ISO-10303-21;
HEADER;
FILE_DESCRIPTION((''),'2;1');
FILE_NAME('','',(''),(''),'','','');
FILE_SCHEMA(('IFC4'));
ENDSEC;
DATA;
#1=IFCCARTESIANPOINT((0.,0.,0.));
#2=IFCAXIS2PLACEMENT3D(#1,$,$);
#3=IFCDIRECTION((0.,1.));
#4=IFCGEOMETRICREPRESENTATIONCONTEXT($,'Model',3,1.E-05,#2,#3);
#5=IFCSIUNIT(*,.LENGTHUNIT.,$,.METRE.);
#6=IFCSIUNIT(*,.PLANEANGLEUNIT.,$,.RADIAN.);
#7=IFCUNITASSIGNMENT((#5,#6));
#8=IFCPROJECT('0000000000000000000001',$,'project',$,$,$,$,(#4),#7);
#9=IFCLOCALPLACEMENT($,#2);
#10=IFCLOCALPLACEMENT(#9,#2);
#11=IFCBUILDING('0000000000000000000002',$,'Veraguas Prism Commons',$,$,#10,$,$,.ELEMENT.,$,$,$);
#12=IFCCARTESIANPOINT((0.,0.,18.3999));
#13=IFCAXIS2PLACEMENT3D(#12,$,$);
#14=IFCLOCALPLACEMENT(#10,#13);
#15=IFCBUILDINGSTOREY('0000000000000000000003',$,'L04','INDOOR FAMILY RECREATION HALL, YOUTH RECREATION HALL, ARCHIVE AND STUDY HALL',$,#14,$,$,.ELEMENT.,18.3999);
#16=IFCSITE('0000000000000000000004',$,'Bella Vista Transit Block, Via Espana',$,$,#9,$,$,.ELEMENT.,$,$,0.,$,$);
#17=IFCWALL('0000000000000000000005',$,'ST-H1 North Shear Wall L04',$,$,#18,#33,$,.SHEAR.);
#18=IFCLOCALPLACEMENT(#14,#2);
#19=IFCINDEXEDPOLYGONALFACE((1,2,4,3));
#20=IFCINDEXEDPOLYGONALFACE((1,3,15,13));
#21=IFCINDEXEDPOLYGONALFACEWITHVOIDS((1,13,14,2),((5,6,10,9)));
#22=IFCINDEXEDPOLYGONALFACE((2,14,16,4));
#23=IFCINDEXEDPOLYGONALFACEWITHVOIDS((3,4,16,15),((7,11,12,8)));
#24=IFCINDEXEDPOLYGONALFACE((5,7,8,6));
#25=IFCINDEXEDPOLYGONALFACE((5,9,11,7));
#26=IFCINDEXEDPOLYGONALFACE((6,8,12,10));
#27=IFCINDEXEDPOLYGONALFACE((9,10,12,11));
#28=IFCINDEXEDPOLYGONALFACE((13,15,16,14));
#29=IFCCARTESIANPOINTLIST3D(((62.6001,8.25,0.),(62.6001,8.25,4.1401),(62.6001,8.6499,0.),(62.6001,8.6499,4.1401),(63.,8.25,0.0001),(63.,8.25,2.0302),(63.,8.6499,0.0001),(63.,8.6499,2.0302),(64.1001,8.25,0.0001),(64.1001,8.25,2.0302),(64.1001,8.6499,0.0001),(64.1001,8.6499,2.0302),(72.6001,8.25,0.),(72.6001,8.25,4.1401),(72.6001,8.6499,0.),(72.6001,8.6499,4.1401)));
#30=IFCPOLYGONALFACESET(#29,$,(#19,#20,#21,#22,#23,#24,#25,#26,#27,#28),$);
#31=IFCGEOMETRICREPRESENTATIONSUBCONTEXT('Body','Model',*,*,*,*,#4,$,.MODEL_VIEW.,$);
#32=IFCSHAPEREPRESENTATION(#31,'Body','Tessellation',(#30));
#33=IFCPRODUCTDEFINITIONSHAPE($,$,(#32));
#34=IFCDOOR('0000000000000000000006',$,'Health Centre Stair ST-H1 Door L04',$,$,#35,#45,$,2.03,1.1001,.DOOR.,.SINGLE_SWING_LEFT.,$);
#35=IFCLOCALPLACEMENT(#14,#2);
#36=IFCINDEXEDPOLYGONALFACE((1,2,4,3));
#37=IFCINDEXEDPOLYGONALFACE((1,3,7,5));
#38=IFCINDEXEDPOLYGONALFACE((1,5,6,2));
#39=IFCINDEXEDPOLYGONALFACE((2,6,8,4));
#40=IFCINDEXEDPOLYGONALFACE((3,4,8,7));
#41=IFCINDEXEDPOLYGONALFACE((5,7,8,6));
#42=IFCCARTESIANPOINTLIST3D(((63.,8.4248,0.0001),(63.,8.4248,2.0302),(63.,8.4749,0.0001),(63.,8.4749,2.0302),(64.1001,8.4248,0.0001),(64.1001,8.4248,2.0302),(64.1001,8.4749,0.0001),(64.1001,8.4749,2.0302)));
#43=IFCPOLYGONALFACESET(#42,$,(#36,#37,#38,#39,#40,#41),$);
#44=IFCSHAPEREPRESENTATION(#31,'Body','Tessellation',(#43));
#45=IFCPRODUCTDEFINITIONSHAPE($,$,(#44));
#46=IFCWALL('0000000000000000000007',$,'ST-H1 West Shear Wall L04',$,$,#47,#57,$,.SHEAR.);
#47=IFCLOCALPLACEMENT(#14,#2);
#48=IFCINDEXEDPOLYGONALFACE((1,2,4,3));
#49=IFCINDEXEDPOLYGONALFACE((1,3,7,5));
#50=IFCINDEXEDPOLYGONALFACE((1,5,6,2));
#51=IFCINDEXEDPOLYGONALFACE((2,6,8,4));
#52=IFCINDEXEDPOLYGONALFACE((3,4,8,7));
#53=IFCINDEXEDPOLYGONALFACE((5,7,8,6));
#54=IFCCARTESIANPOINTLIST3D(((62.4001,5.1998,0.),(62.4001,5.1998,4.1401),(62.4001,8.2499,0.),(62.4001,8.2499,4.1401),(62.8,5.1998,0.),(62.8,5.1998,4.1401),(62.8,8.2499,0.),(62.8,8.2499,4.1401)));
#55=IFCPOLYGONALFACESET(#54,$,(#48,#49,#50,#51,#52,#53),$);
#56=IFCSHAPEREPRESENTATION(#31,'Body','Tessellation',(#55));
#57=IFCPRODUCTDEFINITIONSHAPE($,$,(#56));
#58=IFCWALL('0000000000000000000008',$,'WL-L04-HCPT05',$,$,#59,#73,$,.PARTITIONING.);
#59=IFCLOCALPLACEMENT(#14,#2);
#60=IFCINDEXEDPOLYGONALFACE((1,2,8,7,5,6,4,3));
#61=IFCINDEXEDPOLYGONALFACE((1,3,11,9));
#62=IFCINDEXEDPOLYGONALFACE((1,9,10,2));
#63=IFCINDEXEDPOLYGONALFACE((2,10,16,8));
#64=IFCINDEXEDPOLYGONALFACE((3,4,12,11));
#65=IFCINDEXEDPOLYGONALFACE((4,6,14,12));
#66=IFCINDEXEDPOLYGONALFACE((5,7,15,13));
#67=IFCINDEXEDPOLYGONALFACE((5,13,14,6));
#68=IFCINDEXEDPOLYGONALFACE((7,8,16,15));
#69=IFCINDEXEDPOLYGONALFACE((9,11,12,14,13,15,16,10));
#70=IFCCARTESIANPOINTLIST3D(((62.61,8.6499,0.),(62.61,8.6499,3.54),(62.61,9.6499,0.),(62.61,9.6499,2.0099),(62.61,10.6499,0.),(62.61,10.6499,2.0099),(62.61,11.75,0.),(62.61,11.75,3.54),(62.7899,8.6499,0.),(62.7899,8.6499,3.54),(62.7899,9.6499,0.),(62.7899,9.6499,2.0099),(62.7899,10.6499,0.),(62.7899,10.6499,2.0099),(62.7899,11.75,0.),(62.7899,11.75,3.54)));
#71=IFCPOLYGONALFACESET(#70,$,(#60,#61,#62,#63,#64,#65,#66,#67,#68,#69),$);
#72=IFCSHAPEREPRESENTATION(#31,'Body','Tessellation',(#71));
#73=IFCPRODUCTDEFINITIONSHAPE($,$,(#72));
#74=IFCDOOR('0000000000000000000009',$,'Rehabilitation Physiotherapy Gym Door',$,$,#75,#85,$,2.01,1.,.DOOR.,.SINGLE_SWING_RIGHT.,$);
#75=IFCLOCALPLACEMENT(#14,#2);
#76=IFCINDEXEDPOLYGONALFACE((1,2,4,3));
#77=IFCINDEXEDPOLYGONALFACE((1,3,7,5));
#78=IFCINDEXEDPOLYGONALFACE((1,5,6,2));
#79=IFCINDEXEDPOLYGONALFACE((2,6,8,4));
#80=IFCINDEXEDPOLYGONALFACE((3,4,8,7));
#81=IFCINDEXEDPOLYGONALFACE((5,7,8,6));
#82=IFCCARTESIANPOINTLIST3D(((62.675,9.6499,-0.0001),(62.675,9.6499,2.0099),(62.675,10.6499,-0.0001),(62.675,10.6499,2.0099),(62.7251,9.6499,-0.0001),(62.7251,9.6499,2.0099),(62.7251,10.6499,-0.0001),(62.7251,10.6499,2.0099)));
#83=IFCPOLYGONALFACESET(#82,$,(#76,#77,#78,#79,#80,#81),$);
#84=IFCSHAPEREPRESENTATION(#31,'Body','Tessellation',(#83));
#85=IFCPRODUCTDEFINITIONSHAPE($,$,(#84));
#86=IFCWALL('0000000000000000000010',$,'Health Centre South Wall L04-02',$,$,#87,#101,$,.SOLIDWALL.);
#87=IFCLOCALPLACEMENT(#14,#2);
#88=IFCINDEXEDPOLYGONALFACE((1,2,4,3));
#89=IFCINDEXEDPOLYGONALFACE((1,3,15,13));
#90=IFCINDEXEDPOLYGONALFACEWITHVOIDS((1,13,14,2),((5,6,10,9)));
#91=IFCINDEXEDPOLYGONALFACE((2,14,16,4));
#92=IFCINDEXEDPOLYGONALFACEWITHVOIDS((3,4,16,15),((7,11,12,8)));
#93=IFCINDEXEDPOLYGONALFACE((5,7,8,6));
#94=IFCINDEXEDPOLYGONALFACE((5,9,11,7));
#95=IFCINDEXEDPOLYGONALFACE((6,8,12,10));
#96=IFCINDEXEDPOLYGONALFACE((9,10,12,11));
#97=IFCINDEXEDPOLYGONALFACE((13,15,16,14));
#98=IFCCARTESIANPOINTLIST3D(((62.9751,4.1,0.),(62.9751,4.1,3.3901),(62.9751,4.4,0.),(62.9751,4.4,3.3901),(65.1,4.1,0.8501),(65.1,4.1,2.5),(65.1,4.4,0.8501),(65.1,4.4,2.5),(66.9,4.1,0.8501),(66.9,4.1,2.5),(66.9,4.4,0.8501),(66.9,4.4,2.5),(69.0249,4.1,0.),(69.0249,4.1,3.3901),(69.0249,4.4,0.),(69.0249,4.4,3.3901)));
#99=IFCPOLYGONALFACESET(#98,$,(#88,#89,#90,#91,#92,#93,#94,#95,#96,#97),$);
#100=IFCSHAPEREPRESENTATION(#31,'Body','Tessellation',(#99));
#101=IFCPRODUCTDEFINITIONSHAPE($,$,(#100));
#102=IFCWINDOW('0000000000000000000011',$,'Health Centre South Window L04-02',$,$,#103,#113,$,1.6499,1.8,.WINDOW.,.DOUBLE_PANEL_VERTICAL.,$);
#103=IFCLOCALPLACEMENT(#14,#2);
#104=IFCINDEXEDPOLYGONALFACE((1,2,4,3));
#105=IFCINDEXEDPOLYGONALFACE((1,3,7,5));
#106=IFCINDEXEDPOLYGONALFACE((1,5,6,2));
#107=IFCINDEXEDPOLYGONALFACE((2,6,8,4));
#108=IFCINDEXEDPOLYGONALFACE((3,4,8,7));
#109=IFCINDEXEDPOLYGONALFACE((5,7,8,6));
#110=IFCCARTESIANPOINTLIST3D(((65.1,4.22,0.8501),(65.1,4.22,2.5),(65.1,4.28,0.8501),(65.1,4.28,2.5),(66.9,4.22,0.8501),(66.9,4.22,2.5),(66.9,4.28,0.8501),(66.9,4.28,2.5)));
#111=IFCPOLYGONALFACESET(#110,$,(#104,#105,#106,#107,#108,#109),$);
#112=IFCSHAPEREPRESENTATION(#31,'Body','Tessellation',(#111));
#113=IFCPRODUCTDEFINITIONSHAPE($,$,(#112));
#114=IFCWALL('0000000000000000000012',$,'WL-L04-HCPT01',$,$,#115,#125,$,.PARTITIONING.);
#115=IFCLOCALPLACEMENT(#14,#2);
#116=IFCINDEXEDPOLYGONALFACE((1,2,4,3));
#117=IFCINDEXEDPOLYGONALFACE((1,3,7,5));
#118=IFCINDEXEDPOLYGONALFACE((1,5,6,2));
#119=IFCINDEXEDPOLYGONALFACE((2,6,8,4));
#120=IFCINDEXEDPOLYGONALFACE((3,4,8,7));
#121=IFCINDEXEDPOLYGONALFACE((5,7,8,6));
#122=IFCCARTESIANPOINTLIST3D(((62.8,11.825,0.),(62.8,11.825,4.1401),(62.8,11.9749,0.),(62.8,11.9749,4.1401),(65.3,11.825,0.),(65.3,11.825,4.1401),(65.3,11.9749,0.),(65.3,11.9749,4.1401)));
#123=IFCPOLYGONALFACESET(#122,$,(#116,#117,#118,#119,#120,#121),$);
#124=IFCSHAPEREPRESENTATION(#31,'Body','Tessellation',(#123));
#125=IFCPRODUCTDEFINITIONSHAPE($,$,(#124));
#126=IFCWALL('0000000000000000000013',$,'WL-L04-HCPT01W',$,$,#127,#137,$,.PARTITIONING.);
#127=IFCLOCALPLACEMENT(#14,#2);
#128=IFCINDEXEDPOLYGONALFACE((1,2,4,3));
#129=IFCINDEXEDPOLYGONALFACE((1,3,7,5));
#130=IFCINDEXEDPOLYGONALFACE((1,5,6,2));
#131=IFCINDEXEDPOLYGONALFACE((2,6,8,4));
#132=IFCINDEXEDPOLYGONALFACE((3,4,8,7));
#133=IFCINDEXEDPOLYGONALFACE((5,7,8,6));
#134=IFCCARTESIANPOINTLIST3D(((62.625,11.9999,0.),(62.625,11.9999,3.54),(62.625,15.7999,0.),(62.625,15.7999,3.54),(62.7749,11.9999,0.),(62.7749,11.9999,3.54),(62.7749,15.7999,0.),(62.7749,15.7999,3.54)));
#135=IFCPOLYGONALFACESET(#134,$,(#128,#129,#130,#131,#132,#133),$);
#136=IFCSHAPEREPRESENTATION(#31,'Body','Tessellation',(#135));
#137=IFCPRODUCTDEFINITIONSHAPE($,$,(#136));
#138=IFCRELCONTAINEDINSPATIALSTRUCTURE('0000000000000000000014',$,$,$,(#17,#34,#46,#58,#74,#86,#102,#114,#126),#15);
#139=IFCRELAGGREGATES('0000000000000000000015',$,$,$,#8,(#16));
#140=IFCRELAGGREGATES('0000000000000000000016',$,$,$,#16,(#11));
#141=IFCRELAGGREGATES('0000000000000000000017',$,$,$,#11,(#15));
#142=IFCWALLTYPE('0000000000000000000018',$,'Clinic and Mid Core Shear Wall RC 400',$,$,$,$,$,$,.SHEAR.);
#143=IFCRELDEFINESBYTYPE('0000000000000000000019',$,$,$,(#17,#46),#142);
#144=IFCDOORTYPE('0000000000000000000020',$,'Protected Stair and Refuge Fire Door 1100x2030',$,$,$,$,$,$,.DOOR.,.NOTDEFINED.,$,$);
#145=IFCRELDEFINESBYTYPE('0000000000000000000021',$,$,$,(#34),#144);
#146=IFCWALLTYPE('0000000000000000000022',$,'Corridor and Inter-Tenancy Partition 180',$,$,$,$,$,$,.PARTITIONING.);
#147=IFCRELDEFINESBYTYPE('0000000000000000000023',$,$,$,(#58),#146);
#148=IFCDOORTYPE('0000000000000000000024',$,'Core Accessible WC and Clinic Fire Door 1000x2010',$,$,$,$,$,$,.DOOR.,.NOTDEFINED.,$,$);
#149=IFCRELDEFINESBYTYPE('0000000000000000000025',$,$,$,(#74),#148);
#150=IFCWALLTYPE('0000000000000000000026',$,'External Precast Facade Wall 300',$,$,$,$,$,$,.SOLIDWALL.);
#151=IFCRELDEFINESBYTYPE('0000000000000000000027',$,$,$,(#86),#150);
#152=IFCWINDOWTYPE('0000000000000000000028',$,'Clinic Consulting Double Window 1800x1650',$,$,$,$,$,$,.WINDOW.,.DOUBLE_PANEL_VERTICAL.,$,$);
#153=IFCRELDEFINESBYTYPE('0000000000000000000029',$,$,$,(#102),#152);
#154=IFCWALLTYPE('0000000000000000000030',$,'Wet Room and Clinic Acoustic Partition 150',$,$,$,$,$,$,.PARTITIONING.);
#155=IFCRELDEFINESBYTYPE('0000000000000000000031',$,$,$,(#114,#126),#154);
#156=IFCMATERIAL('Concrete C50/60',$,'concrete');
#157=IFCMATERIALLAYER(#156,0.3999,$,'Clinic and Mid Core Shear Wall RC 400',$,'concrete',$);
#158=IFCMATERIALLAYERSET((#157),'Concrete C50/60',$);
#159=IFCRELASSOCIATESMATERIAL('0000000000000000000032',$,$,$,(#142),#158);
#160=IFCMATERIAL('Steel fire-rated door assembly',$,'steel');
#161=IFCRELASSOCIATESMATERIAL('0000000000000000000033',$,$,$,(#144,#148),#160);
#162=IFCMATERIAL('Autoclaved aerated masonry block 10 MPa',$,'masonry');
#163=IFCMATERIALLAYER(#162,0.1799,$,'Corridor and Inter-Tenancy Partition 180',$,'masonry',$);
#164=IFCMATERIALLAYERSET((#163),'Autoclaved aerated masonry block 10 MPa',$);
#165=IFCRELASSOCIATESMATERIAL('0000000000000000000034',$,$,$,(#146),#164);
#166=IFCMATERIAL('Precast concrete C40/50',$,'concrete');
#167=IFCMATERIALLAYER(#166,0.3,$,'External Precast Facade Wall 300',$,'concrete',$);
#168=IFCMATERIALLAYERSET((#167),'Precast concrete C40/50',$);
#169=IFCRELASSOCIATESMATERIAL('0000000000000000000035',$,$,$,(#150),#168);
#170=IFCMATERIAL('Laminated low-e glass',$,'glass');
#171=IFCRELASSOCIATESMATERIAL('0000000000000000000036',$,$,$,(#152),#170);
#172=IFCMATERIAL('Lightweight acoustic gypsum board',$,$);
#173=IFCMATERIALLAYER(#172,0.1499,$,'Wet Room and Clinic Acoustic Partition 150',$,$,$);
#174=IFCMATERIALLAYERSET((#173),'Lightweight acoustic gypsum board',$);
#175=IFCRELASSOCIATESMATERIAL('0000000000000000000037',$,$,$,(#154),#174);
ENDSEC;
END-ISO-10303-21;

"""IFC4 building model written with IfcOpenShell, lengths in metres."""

from ifc_helpers import new_model, si_unit, direction, frame, frame_2d, origin, place, context, subcontext, project, spatial, rectangle, extrude, source, transform, mapped, material, layer, layer_set, type_object, element, fill, save


model = new_model("IFC4")

# Units and contexts
model_context = context("Model", 3, precision=1e-05, world=origin(), true_north=direction((0.0, 1.0)))
body_context = subcontext(model_context, "Body", "Model", "MODEL_VIEW")
ifc_project = project(units=[si_unit("LENGTHUNIT", "METRE"), si_unit("PLANEANGLEUNIT", "RADIAN")], contexts=[model_context])

# Site, building, storey
site_placement = place(None, origin())
site = spatial("IfcSite", under=ifc_project, at=site_placement, Name="Bella Vista Transit Block, Via Espana", CompositionType="ELEMENT", RefElevation=0.0)
building_placement = place(site_placement, origin())
building = spatial("IfcBuilding", under=site, at=building_placement, Name="Veraguas Prism Commons", CompositionType="ELEMENT")
storey_placement = place(building_placement, frame((0.0, 0.0, 18.3999)))
storey = spatial("IfcBuildingStorey", under=building, at=storey_placement, Name="L04", Description="INDOOR FAMILY RECREATION HALL, YOUTH RECREATION HALL, ARCHIVE AND STUDY HALL", CompositionType="ELEMENT", Elevation=18.3999)

# Shared definitions
ifc_material_1 = material(Name="Concrete C50/60", Category="concrete")

# Shared definitions
ifc_layer_1 = layer(ifc_material_1, 0.3999, Name="Clinic and Mid Core Shear Wall RC 400", Category="concrete")
ifc_layer_set_1 = layer_set([ifc_layer_1], Name="Concrete C50/60")
wall_type_1 = type_object("IfcWallType", Name="Clinic and Mid Core Shear Wall RC 400", PredefinedType="SHEAR", material=ifc_layer_set_1)

# Wall, opening, door
wall_1_placement = place(storey_placement, frame((62.6001, 8.45, 0.0), z_axis=(0.0, 0.0, 1.0), x_axis=(1.0, 0.0, 0.0)))
wall_1 = element("IfcWall", 1, at=wall_1_placement, inside=storey, type_object=wall_type_1, Name="ST-H1 North Shear Wall L04", PredefinedType="SHEAR", context=body_context, shape_type="SweptSolid", body=[
    extrude(rectangle(XDim=10.0, YDim=0.3999, at=frame_2d((5.0, 0.0))), origin(), (0.0, 0.0, 1.0), 4.1401),
])
opening_1_placement = place(wall_1_placement, frame((0.3999, 0.0, 0.0)))
opening_1 = element("IfcOpeningElement", 2, at=opening_1_placement, cuts=wall_1, PredefinedType="OPENING", context=body_context, shape_type="SweptSolid", body=[
    extrude(rectangle(XDim=1.1001, YDim=2.03, at=frame_2d((0.55, 1.0151))), frame((0.0, 0.21, 0.0), z_axis=(0.0, -1.0, 0.0), x_axis=(1.0, 0.0, 0.0)), (0.0, 0.0, 1.0), 0.4199),
])
ifc_material_2 = material(Name="Steel fire-rated door assembly", Category="steel")
door_type_1 = type_object("IfcDoorType", Name="Protected Stair and Refuge Fire Door 1100x2030", OperationType="NOTDEFINED", PredefinedType="DOOR", material=ifc_material_2)
shared_shape_1 = source(origin(), body_context, "Body", "SweptSolid", [
    extrude(rectangle(XDim=1.1001, YDim=2.03, at=frame_2d((0.55, 1.0151))), frame((0.0, 0.0249, 0.0), z_axis=(0.0, -1.0, 0.0), x_axis=(1.0, 0.0, 0.0)), (0.0, 0.0, 1.0), 0.05),
])
door_1_placement = place(opening_1_placement, origin())
door_1 = element("IfcDoor", 3, at=door_1_placement, inside=storey, type_object=door_type_1, Name="Health Centre Stair ST-H1 Door L04", OperationType="SINGLE_SWING_LEFT", OverallHeight=2.03, OverallWidth=1.1001, PredefinedType="DOOR", context=body_context, shape_type="MappedRepresentation", body=[
    mapped(shared_shape_1, transform((0.0, 0.0, 0.0), scale=1.0)),
])
fill(opening_1, door_1)

# Wall
wall_2_placement = place(storey_placement, frame((62.6001, 5.2, 0.0), z_axis=(0.0, 0.0, 1.0), x_axis=(0.0, 1.0, 0.0)))
element("IfcWall", 4, at=wall_2_placement, inside=storey, type_object=wall_type_1, Name="ST-H1 West Shear Wall L04", PredefinedType="SHEAR", context=body_context, shape_type="SweptSolid", body=[
    extrude(rectangle(XDim=3.05, YDim=0.3999, at=frame_2d((1.5249, 0.0))), origin(), (0.0, 0.0, 1.0), 4.1401),
])

# Wall, opening, door
ifc_material_3 = material(Name="Autoclaved aerated masonry block 10 MPa", Category="masonry")
ifc_layer_2 = layer(ifc_material_3, 0.1799, Name="Corridor and Inter-Tenancy Partition 180", Category="masonry")
ifc_layer_set_2 = layer_set([ifc_layer_2], Name="Autoclaved aerated masonry block 10 MPa")
wall_type_2 = type_object("IfcWallType", Name="Corridor and Inter-Tenancy Partition 180", PredefinedType="PARTITIONING", material=ifc_layer_set_2)
wall_3_placement = place(storey_placement, frame((62.7, 8.6499, 0.0), z_axis=(0.0, 0.0, 1.0), x_axis=(0.0, 1.0, 0.0)))
wall_3 = element("IfcWall", 5, at=wall_3_placement, inside=storey, type_object=wall_type_2, Name="WL-L04-HCPT05", PredefinedType="PARTITIONING", context=body_context, shape_type="SweptSolid", body=[
    extrude(rectangle(XDim=3.1001, YDim=0.1799, at=frame_2d((1.55, 0.0))), origin(), (0.0, 0.0, 1.0), 3.54),
])
opening_2_placement = place(wall_3_placement, frame((1.0, 0.0, 0.0)))
opening_2 = element("IfcOpeningElement", 6, at=opening_2_placement, cuts=wall_3, PredefinedType="OPENING", context=body_context, shape_type="SweptSolid", body=[
    extrude(rectangle(XDim=1.0, YDim=2.01, at=frame_2d((0.5, 1.0049))), frame((0.0, 0.0999, 0.0), z_axis=(0.0, -1.0, 0.0), x_axis=(1.0, 0.0, 0.0)), (0.0, 0.0, 1.0), 0.2),
])
door_type_2 = type_object("IfcDoorType", Name="Core Accessible WC and Clinic Fire Door 1000x2010", OperationType="NOTDEFINED", PredefinedType="DOOR", material=ifc_material_2)
shared_shape_2 = source(origin(), body_context, "Body", "SweptSolid", [
    extrude(rectangle(XDim=1.0, YDim=2.01, at=frame_2d((0.5, 1.0049))), frame((0.0, 0.0249, 0.0), z_axis=(0.0, -1.0, 0.0), x_axis=(1.0, 0.0, 0.0)), (0.0, 0.0, 1.0), 0.05),
])
door_2_placement = place(opening_2_placement, origin())
door_2 = element("IfcDoor", 7, at=door_2_placement, inside=storey, type_object=door_type_2, Name="Rehabilitation Physiotherapy Gym Door", OperationType="SINGLE_SWING_RIGHT", OverallHeight=2.01, OverallWidth=1.0, PredefinedType="DOOR", context=body_context, shape_type="MappedRepresentation", body=[
    mapped(shared_shape_2, transform((0.0, 0.0, 0.0), scale=1.0)),
])
fill(opening_2, door_2)

# Wall, opening, window
ifc_material_4 = material(Name="Precast concrete C40/50", Category="concrete")
ifc_layer_3 = layer(ifc_material_4, 0.3, Name="External Precast Facade Wall 300", Category="concrete")
ifc_layer_set_3 = layer_set([ifc_layer_3], Name="Precast concrete C40/50")
wall_type_3 = type_object("IfcWallType", Name="External Precast Facade Wall 300", PredefinedType="SOLIDWALL", material=ifc_layer_set_3)
wall_4_placement = place(storey_placement, frame((62.9751, 4.25, 0.0), z_axis=(0.0, 0.0, 1.0), x_axis=(1.0, 0.0, 0.0)))
wall_4 = element("IfcWall", 8, at=wall_4_placement, inside=storey, type_object=wall_type_3, Name="Health Centre South Wall L04-02", PredefinedType="SOLIDWALL", context=body_context, shape_type="SweptSolid", body=[
    extrude(rectangle(XDim=6.0498, YDim=0.3, at=frame_2d((3.0249, 0.0))), origin(), (0.0, 0.0, 1.0), 3.3901),
])
opening_3_placement = place(wall_4_placement, frame((2.125, 0.0, 0.8501)))
opening_3 = element("IfcOpeningElement", 9, at=opening_3_placement, cuts=wall_4, PredefinedType="OPENING", context=body_context, shape_type="SweptSolid", body=[
    extrude(rectangle(XDim=1.8, YDim=1.6499, at=frame_2d((0.8999, 0.825))), frame((0.0, 0.1599, 0.0), z_axis=(0.0, -1.0, 0.0), x_axis=(1.0, 0.0, 0.0)), (0.0, 0.0, 1.0), 0.3201),
])
ifc_material_5 = material(Name="Laminated low-e glass", Category="glass")
window_type = type_object("IfcWindowType", Name="Clinic Consulting Double Window 1800x1650", PartitioningType="DOUBLE_PANEL_VERTICAL", PredefinedType="WINDOW", material=ifc_material_5)
shared_shape_3 = source(origin(), body_context, "Body", "SweptSolid", [
    extrude(rectangle(XDim=1.8, YDim=1.6499, at=frame_2d((0.8999, 0.825))), frame((0.0, 0.03, 0.0), z_axis=(0.0, -1.0, 0.0), x_axis=(1.0, 0.0, 0.0)), (0.0, 0.0, 1.0), 0.0601),
])
window_placement = place(opening_3_placement, origin())
window = element("IfcWindow", 10, at=window_placement, inside=storey, type_object=window_type, Name="Health Centre South Window L04-02", OverallHeight=1.6499, OverallWidth=1.8, PartitioningType="DOUBLE_PANEL_VERTICAL", PredefinedType="WINDOW", context=body_context, shape_type="MappedRepresentation", body=[
    mapped(shared_shape_3, transform((0.0, 0.0, 0.0), scale=1.0)),
])
fill(opening_3, window)

# Walls
ifc_material_6 = material(Name="Lightweight acoustic gypsum board")
ifc_layer_4 = layer(ifc_material_6, 0.1499, Name="Wet Room and Clinic Acoustic Partition 150")
ifc_layer_set_4 = layer_set([ifc_layer_4], Name="Lightweight acoustic gypsum board")
wall_type_4 = type_object("IfcWallType", Name="Wet Room and Clinic Acoustic Partition 150", PredefinedType="PARTITIONING", material=ifc_layer_set_4)
wall_5_placement = place(storey_placement, frame((62.8, 11.8999, 0.0), z_axis=(0.0, 0.0, 1.0), x_axis=(1.0, 0.0, 0.0)))
element("IfcWall", 11, at=wall_5_placement, inside=storey, type_object=wall_type_4, Name="WL-L04-HCPT01", PredefinedType="PARTITIONING", context=body_context, shape_type="SweptSolid", body=[
    extrude(rectangle(XDim=2.5, YDim=0.1499, at=frame_2d((1.25, 0.0))), origin(), (0.0, 0.0, 1.0), 4.1401),
])
wall_6_placement = place(storey_placement, frame((62.7, 12.0, 0.0), z_axis=(0.0, 0.0, 1.0), x_axis=(0.0, 1.0, 0.0)))
element("IfcWall", 12, at=wall_6_placement, inside=storey, type_object=wall_type_4, Name="WL-L04-HCPT01W", PredefinedType="PARTITIONING", context=body_context, shape_type="SweptSolid", body=[
    extrude(rectangle(XDim=3.8, YDim=0.1499, at=frame_2d((1.8999, 0.0))), origin(), (0.0, 0.0, 1.0), 3.54),
])

save(model, "model.ifc")
